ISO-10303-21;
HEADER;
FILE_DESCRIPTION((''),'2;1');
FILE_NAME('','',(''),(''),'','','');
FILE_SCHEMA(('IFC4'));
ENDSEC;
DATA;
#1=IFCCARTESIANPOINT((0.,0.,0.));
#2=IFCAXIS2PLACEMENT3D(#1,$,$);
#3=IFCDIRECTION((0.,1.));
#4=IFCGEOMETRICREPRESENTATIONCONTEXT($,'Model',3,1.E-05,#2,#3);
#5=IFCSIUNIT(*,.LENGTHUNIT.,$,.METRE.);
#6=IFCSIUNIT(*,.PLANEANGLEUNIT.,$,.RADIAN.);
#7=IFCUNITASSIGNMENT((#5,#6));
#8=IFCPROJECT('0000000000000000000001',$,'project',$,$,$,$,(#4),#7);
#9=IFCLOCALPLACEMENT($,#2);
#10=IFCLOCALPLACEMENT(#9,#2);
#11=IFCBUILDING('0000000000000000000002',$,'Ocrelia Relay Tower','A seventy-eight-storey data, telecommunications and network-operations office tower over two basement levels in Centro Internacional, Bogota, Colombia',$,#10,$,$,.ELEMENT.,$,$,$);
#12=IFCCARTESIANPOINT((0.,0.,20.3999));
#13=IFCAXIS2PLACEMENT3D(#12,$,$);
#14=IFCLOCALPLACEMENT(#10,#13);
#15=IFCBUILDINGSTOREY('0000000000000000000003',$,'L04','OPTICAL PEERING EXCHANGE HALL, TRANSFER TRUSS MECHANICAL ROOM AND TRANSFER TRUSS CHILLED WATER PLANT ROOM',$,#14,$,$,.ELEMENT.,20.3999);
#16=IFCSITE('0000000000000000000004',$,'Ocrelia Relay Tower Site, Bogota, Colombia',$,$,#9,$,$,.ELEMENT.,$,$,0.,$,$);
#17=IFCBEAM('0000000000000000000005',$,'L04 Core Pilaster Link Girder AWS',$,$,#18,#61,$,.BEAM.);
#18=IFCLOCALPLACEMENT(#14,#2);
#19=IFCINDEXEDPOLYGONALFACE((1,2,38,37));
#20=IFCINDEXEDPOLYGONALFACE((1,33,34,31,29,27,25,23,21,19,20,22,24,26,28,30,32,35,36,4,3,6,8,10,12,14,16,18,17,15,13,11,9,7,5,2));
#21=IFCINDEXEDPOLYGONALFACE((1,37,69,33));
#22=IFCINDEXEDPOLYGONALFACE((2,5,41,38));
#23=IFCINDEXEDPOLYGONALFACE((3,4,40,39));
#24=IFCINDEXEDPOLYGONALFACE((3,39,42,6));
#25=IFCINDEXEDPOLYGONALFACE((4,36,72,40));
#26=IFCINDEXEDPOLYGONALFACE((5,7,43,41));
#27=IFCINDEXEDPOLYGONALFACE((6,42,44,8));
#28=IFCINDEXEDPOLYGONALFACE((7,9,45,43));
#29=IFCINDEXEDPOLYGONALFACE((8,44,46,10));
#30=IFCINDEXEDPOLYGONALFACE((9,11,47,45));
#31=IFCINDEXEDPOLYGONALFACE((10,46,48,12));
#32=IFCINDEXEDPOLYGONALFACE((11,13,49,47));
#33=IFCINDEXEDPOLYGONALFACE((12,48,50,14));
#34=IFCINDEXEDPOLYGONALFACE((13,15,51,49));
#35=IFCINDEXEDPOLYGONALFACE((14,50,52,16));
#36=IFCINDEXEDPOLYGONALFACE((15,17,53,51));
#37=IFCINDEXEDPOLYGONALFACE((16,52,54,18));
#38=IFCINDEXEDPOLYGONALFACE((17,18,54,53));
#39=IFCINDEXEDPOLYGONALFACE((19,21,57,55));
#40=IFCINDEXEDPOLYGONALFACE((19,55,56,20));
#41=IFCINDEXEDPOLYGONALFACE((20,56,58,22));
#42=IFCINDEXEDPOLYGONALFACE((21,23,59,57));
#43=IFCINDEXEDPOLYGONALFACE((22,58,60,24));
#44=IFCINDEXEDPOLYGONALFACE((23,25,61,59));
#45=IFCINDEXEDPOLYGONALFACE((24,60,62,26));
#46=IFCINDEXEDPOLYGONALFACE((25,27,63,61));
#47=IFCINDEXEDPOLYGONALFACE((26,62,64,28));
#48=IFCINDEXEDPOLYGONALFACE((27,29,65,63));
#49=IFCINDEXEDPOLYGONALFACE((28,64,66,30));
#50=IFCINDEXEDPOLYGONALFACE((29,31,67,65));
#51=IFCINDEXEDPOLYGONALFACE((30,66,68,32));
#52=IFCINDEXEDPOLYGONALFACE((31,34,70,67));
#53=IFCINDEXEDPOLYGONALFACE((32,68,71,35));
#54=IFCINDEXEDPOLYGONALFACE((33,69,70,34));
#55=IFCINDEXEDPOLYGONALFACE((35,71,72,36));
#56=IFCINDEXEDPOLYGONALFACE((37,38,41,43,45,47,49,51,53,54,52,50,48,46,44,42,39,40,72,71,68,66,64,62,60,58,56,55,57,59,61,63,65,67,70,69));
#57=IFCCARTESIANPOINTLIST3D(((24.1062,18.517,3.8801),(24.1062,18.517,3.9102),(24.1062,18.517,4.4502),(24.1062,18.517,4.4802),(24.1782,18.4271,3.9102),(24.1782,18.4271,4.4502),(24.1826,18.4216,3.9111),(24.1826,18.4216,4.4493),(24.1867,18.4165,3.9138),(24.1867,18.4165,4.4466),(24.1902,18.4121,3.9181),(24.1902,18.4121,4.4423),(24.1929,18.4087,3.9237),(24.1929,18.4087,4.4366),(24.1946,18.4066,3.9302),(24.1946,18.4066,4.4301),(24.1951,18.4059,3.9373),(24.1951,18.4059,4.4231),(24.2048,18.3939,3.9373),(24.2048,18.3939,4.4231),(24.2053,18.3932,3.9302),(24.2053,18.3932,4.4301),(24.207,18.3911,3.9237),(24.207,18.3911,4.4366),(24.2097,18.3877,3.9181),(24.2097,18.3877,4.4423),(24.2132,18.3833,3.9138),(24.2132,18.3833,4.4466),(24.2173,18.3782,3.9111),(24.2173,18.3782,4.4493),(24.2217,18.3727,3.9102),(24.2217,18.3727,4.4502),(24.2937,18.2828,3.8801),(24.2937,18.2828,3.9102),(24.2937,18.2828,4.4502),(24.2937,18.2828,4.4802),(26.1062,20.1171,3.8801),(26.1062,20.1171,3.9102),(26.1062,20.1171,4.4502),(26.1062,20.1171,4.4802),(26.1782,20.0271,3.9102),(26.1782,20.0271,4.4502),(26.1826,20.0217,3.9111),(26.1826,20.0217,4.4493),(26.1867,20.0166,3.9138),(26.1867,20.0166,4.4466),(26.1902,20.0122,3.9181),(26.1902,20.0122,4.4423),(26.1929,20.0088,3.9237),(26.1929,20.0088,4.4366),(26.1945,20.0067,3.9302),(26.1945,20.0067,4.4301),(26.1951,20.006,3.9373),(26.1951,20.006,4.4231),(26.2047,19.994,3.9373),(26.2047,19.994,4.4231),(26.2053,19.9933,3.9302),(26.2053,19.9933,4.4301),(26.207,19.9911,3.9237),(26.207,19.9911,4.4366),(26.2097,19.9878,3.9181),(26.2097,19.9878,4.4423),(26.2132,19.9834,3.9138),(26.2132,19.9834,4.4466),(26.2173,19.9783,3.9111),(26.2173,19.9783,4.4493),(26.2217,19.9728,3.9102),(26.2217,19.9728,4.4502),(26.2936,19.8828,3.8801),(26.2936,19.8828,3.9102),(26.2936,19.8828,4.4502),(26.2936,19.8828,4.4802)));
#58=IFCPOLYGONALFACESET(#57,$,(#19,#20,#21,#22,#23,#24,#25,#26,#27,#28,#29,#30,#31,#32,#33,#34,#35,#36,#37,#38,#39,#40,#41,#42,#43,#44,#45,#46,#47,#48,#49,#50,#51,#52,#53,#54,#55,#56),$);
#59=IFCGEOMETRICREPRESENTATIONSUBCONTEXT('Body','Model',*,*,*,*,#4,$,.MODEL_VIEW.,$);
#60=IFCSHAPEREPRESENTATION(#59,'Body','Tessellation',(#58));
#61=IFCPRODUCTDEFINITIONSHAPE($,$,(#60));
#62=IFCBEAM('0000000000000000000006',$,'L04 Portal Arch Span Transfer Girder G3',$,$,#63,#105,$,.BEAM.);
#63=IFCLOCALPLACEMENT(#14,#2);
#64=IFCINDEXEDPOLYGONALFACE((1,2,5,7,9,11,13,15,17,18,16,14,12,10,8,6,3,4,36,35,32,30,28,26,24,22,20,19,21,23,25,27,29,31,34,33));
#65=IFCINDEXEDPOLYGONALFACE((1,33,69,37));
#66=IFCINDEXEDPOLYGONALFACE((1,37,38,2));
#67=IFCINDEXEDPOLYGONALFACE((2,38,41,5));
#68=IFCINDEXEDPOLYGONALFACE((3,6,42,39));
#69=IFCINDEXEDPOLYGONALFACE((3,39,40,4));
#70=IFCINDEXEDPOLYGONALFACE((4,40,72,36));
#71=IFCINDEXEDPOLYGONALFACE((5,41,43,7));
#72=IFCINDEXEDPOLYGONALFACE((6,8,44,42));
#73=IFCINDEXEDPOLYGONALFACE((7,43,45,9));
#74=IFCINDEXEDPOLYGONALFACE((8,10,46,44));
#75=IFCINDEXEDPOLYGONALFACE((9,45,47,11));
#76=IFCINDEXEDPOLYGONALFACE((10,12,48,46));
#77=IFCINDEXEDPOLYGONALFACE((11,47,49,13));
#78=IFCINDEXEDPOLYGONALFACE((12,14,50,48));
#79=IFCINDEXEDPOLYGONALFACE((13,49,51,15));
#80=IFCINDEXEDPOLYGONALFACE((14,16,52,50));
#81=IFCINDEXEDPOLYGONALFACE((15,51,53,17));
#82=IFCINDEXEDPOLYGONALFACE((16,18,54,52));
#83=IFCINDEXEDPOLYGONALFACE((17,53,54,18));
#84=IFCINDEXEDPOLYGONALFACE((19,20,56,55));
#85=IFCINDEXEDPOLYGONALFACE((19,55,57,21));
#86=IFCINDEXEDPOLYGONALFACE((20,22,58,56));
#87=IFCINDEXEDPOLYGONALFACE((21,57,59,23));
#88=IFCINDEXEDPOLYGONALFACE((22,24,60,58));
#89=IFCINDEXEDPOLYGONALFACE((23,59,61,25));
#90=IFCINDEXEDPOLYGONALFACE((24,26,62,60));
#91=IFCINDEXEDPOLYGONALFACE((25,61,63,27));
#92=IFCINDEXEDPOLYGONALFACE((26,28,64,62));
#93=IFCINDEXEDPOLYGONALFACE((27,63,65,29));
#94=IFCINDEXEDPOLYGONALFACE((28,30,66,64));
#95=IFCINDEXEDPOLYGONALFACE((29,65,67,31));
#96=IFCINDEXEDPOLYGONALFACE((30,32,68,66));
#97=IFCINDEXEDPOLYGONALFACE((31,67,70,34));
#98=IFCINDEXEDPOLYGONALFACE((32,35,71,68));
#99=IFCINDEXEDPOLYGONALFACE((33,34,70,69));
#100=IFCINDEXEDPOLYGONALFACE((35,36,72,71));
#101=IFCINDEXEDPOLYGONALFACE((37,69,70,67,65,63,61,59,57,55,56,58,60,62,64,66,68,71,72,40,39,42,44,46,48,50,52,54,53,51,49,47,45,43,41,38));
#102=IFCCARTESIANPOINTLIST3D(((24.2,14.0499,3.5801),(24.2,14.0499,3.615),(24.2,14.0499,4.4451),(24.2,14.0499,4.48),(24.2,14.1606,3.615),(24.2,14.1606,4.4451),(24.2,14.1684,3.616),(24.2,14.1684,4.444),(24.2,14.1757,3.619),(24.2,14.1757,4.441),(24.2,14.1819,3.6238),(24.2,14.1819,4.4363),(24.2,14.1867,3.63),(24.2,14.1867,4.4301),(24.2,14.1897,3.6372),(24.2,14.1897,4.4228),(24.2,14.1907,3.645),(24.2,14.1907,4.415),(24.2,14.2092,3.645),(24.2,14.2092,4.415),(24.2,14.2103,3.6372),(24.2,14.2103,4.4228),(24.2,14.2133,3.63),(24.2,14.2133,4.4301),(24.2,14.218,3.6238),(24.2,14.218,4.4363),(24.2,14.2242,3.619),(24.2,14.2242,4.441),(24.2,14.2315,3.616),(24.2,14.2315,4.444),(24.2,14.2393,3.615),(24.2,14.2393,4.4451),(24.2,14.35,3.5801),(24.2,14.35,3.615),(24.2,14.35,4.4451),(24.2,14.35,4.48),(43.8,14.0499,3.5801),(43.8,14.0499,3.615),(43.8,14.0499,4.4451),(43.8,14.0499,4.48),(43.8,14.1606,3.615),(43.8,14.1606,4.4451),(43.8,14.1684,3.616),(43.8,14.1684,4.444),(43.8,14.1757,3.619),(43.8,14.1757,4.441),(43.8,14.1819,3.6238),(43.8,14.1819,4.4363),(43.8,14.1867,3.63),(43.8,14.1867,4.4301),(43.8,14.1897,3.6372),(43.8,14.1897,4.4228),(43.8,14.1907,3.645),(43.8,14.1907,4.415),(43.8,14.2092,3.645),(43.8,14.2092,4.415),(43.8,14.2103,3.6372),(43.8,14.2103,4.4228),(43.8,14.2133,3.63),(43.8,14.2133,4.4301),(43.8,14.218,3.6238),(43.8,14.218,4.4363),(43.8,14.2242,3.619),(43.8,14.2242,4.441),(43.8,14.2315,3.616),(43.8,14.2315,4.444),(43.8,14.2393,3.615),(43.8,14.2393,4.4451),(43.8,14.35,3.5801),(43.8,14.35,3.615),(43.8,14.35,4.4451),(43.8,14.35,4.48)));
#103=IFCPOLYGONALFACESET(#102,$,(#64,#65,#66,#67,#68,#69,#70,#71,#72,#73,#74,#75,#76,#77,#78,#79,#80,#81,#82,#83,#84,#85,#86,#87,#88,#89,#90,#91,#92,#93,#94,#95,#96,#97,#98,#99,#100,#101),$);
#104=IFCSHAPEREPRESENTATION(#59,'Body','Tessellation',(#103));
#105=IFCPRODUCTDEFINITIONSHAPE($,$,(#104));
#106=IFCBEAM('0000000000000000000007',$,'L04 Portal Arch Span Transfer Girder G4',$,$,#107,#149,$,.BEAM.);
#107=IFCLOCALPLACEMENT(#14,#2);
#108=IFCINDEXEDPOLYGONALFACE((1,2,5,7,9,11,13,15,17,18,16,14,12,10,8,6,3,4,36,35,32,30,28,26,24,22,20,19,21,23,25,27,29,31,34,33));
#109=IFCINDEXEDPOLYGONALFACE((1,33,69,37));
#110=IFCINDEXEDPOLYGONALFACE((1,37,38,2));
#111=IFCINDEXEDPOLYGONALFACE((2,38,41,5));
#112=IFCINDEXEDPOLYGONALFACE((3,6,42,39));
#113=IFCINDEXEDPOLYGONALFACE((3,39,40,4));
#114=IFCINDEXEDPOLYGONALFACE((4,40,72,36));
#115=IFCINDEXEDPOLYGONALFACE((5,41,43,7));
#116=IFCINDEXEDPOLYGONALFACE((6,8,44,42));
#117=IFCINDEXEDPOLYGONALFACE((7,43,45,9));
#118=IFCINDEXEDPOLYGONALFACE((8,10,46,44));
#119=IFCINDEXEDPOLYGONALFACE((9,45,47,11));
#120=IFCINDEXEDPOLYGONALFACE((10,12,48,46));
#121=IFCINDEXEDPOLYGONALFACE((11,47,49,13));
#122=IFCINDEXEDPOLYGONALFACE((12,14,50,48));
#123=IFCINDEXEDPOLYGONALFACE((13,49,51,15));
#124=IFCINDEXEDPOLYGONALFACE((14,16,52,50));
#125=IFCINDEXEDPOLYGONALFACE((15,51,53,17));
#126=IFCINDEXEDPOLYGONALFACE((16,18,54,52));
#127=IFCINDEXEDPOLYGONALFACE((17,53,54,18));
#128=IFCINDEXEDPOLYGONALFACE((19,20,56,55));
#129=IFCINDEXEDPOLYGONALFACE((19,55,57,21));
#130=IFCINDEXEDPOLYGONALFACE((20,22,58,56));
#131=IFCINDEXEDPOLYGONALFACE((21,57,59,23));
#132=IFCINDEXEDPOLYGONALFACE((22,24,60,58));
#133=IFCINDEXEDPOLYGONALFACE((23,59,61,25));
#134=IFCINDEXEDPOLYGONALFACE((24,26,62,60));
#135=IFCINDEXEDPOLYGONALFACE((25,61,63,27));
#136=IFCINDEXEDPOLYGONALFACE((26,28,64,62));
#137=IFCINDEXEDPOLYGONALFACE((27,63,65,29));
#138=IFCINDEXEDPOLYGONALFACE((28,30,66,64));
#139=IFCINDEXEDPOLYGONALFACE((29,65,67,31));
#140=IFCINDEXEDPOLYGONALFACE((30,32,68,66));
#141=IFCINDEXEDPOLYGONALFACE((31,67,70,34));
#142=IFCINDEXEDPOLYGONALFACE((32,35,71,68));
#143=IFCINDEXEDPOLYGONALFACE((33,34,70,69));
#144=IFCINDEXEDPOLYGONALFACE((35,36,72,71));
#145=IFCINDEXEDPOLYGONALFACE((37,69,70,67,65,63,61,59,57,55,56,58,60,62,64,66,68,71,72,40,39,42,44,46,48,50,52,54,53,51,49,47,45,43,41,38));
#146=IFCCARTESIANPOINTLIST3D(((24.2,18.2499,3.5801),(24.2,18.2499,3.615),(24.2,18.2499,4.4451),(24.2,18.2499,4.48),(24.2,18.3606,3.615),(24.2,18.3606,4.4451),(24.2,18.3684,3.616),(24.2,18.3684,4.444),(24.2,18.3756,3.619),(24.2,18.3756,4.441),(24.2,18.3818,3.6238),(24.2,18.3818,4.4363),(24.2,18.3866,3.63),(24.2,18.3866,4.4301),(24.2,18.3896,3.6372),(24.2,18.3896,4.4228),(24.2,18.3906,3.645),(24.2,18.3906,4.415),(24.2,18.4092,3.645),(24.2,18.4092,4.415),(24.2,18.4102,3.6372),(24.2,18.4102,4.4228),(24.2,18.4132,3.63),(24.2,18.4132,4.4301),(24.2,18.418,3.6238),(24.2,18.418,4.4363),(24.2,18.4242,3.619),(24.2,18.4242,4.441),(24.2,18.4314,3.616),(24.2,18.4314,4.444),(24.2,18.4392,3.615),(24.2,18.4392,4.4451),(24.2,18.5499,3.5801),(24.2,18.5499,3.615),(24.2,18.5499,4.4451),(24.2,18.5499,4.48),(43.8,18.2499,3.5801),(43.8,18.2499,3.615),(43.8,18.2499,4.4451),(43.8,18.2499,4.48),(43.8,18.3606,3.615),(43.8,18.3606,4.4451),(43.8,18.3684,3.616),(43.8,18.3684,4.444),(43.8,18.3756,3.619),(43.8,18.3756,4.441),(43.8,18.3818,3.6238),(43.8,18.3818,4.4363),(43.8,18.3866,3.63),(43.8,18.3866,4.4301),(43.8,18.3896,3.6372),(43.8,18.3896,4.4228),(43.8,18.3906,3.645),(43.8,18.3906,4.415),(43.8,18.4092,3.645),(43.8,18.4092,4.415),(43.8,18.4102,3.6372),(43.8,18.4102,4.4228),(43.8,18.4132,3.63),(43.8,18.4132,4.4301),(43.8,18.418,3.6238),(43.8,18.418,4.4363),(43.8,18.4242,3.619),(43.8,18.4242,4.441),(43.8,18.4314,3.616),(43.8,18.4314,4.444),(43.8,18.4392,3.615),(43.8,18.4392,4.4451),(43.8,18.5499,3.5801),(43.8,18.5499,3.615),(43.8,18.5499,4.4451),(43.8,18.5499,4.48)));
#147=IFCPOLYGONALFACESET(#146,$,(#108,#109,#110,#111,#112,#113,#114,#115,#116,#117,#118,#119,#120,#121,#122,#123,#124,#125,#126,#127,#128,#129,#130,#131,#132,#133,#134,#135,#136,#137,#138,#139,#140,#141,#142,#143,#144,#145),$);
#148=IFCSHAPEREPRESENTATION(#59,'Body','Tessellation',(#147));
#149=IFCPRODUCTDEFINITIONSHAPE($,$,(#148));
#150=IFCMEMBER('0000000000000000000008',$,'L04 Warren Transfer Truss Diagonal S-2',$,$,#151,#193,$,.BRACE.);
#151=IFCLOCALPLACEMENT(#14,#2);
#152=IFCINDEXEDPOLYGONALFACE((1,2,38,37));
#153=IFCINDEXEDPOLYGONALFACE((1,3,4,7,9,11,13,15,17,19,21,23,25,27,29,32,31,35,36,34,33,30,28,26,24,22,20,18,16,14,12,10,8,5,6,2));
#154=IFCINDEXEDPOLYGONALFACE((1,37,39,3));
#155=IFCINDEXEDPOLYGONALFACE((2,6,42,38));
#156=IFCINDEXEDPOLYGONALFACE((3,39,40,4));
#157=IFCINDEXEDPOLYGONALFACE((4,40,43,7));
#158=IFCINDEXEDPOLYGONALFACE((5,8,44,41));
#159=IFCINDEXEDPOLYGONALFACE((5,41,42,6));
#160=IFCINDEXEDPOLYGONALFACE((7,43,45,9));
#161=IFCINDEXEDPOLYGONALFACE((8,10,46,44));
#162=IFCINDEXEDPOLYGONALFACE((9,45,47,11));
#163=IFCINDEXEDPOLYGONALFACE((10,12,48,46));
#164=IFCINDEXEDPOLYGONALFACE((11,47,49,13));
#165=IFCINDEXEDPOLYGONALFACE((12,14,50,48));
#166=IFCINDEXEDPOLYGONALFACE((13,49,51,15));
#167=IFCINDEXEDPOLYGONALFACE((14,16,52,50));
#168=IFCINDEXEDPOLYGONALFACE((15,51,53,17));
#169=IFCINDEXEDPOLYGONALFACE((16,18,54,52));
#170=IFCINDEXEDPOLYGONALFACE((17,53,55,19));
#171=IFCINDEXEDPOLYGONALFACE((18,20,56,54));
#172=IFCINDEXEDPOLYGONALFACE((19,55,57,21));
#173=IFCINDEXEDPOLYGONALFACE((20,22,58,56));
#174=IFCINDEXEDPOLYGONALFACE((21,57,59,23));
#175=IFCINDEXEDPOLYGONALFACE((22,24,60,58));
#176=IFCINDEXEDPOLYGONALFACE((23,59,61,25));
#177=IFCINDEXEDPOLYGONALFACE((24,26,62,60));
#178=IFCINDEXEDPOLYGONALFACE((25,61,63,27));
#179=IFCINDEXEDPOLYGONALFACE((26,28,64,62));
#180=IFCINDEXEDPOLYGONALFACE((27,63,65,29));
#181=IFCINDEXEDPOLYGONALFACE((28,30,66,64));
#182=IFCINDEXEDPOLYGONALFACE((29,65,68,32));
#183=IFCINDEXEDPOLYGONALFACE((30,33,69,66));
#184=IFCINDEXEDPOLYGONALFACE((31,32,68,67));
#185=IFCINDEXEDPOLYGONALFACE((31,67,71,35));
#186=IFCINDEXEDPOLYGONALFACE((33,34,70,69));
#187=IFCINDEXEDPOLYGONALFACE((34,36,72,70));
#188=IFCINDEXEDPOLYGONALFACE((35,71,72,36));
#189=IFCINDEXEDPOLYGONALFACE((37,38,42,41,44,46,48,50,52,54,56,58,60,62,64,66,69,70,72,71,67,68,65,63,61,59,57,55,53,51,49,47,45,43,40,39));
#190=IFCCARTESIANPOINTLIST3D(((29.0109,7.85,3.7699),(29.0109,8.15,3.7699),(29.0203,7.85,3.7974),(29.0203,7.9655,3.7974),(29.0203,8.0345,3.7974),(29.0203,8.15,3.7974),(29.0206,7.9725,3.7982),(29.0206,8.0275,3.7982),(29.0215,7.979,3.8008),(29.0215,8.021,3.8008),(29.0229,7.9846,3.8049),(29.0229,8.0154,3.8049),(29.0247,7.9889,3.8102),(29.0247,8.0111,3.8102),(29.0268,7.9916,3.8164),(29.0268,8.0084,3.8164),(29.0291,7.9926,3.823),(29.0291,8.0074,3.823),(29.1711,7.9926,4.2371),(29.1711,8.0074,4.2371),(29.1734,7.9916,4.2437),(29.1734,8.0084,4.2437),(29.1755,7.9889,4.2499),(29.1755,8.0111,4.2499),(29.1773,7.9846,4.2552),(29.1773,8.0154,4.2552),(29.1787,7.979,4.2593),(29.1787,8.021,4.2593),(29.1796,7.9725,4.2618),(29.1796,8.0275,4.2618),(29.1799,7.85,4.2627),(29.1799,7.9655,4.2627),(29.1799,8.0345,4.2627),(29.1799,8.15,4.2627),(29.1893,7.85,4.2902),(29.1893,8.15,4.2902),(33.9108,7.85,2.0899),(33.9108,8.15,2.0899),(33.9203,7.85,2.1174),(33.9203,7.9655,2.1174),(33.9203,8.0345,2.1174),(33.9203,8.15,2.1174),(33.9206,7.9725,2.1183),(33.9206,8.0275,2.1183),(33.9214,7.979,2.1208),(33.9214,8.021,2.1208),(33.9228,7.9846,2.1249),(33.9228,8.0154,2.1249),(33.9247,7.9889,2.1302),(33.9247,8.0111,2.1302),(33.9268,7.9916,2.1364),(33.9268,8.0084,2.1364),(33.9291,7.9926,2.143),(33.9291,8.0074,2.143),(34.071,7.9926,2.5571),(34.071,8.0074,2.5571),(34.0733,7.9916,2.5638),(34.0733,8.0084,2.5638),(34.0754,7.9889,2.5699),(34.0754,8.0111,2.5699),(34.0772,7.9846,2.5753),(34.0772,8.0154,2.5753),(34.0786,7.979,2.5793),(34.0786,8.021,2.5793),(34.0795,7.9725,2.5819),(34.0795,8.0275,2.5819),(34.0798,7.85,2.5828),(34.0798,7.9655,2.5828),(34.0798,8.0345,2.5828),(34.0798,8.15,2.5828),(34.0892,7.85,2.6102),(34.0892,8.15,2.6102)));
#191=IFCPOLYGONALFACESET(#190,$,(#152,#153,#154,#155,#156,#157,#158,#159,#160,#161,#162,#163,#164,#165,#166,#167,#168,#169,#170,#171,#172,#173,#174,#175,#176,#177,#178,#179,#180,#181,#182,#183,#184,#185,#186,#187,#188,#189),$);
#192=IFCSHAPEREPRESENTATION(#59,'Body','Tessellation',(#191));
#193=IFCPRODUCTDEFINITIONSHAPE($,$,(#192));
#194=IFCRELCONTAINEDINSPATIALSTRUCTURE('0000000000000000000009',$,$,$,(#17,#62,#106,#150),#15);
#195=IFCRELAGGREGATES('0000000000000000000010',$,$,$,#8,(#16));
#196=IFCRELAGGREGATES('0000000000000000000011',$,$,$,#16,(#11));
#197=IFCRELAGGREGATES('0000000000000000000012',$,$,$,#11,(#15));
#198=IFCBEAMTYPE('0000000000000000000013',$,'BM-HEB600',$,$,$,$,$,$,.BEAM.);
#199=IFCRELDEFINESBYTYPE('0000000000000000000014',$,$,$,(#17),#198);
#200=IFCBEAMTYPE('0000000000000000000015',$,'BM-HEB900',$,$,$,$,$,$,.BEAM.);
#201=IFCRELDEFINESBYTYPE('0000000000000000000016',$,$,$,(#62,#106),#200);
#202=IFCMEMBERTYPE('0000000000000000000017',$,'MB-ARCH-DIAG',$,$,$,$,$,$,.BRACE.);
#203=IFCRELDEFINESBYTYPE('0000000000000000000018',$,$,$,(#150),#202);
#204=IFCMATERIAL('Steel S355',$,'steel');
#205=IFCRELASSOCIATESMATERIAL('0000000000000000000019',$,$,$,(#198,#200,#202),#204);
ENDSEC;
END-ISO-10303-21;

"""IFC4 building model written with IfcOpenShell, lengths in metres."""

from ifc_helpers import new_model, si_unit, direction, frame, origin, origin_2d, place, context, subcontext, project, spatial, i_section, extrude, material, material_profile, profile_set, type_object, element, save


model = new_model("IFC4")

# Units and contexts
model_context = context("Model", 3, precision=1e-05, world=origin(), true_north=direction((0.0, 1.0)))
body_context = subcontext(model_context, "Body", "Model", "MODEL_VIEW")
ifc_project = project(units=[si_unit("LENGTHUNIT", "METRE"), si_unit("PLANEANGLEUNIT", "RADIAN")], contexts=[model_context])

# Site, building, storey
site_placement = place(None, origin())
site = spatial("IfcSite", under=ifc_project, at=site_placement, Name="Ocrelia Relay Tower Site, Bogota, Colombia", CompositionType="ELEMENT", RefElevation=0.0)
building_placement = place(site_placement, origin())
building = spatial("IfcBuilding", under=site, at=building_placement, Name="Ocrelia Relay Tower", Description="A seventy-eight-storey data, telecommunications and network-operations office tower over two basement levels in Centro Internacional, Bogota, Colombia", CompositionType="ELEMENT")
storey_placement = place(building_placement, frame((0.0, 0.0, 20.3999)))
storey = spatial("IfcBuildingStorey", under=building, at=storey_placement, Name="L04", Description="OPTICAL PEERING EXCHANGE HALL, TRANSFER TRUSS MECHANICAL ROOM AND TRANSFER TRUSS CHILLED WATER PLANT ROOM", CompositionType="ELEMENT", Elevation=20.3999)

# Beams
ifc_material_1 = material(Name="Steel S355", Category="steel")
ifc_material_profile_1 = material_profile(ifc_material_1, i_section(OverallWidth=0.3, OverallDepth=0.6001, WebThickness=0.0154, FlangeThickness=0.03, FilletRadius=0.0271, at=origin_2d()), Name="HEB 600")
ifc_profile_set_1 = profile_set([ifc_material_profile_1], Name="Steel S355")
beam_type_1 = type_object("IfcBeamType", Name="BM-HEB600", PredefinedType="BEAM", material=ifc_profile_set_1)
beam_1_placement = place(storey_placement, frame((24.2, 18.3999, 4.1802), z_axis=(0.78085, 0.624718, 0.0), x_axis=(-0.624718, 0.78085, 0.0)))
element("IfcBeam", 1, at=beam_1_placement, inside=storey, type_object=beam_type_1, Name="L04 Core Pilaster Link Girder AWS", PredefinedType="BEAM", context=body_context, shape_type="SweptSolid", body=[
    extrude(i_section(OverallWidth=0.3, OverallDepth=0.6001, WebThickness=0.0154, FlangeThickness=0.03, FilletRadius=0.0271, at=origin_2d()), origin(), (0.0, 0.0, 1.0), 2.5613),
])
ifc_material_profile_2 = material_profile(ifc_material_1, i_section(OverallWidth=0.3, OverallDepth=0.8999, WebThickness=0.0186, FlangeThickness=0.0349, FilletRadius=0.03, at=origin_2d()), Name="HEB 900")
ifc_profile_set_2 = profile_set([ifc_material_profile_2], Name="Steel S355")
beam_type_2 = type_object("IfcBeamType", Name="BM-HEB900", PredefinedType="BEAM", material=ifc_profile_set_2)
for number, where, z_axis, x_axis, name in (
    (2, (24.2, 14.2, 4.03), (1.0, 0.0, 0.0), (0.0, 1.0, 0.0), "L04 Portal Arch Span Transfer Girder G3"),
    (3, (24.2, 18.3999, 4.03), (1.0, 0.0, 0.0), (0.0, 1.0, 0.0), "L04 Portal Arch Span Transfer Girder G4"),
):
    element("IfcBeam", number, at=place(storey_placement, frame(where, z_axis=z_axis, x_axis=x_axis)), inside=storey, type_object=beam_type_2, Name=name, PredefinedType="BEAM", context=body_context, shape_type="SweptSolid", body=[
        extrude(i_section(OverallWidth=0.3, OverallDepth=0.8999, WebThickness=0.0186, FlangeThickness=0.0349, FilletRadius=0.03, at=origin_2d()), origin(), (0.0, 0.0, 1.0), 19.6001),
    ])

# Member
ifc_material_profile_3 = material_profile(ifc_material_1, i_section(OverallWidth=0.3, OverallDepth=0.55, WebThickness=0.0149, FlangeThickness=0.0291, FilletRadius=0.0271, at=origin_2d()), Name="HEB 550")
ifc_profile_set_3 = profile_set([ifc_material_profile_3], Name="Steel S355")
member_type_1 = type_object("IfcMemberType", Name="MB-ARCH-DIAG", PredefinedType="BRACE", material=ifc_profile_set_3)
member_1_placement = place(storey_placement, frame((29.1001, 8.0, 4.03), z_axis=(0.945948, 0.0, -0.324318), x_axis=(0.0, 1.0, 0.0)))
element("IfcMember", 4, at=member_1_placement, inside=storey, type_object=member_type_1, Name="L04 Warren Transfer Truss Diagonal S-2", PredefinedType="BRACE", context=body_context, shape_type="SweptSolid", body=[
    extrude(i_section(OverallWidth=0.3, OverallDepth=0.55, WebThickness=0.0149, FlangeThickness=0.0291, FilletRadius=0.0271, at=origin_2d()), origin(), (0.0, 0.0, 1.0), 5.1799),
])

save(model, "model.ifc")
